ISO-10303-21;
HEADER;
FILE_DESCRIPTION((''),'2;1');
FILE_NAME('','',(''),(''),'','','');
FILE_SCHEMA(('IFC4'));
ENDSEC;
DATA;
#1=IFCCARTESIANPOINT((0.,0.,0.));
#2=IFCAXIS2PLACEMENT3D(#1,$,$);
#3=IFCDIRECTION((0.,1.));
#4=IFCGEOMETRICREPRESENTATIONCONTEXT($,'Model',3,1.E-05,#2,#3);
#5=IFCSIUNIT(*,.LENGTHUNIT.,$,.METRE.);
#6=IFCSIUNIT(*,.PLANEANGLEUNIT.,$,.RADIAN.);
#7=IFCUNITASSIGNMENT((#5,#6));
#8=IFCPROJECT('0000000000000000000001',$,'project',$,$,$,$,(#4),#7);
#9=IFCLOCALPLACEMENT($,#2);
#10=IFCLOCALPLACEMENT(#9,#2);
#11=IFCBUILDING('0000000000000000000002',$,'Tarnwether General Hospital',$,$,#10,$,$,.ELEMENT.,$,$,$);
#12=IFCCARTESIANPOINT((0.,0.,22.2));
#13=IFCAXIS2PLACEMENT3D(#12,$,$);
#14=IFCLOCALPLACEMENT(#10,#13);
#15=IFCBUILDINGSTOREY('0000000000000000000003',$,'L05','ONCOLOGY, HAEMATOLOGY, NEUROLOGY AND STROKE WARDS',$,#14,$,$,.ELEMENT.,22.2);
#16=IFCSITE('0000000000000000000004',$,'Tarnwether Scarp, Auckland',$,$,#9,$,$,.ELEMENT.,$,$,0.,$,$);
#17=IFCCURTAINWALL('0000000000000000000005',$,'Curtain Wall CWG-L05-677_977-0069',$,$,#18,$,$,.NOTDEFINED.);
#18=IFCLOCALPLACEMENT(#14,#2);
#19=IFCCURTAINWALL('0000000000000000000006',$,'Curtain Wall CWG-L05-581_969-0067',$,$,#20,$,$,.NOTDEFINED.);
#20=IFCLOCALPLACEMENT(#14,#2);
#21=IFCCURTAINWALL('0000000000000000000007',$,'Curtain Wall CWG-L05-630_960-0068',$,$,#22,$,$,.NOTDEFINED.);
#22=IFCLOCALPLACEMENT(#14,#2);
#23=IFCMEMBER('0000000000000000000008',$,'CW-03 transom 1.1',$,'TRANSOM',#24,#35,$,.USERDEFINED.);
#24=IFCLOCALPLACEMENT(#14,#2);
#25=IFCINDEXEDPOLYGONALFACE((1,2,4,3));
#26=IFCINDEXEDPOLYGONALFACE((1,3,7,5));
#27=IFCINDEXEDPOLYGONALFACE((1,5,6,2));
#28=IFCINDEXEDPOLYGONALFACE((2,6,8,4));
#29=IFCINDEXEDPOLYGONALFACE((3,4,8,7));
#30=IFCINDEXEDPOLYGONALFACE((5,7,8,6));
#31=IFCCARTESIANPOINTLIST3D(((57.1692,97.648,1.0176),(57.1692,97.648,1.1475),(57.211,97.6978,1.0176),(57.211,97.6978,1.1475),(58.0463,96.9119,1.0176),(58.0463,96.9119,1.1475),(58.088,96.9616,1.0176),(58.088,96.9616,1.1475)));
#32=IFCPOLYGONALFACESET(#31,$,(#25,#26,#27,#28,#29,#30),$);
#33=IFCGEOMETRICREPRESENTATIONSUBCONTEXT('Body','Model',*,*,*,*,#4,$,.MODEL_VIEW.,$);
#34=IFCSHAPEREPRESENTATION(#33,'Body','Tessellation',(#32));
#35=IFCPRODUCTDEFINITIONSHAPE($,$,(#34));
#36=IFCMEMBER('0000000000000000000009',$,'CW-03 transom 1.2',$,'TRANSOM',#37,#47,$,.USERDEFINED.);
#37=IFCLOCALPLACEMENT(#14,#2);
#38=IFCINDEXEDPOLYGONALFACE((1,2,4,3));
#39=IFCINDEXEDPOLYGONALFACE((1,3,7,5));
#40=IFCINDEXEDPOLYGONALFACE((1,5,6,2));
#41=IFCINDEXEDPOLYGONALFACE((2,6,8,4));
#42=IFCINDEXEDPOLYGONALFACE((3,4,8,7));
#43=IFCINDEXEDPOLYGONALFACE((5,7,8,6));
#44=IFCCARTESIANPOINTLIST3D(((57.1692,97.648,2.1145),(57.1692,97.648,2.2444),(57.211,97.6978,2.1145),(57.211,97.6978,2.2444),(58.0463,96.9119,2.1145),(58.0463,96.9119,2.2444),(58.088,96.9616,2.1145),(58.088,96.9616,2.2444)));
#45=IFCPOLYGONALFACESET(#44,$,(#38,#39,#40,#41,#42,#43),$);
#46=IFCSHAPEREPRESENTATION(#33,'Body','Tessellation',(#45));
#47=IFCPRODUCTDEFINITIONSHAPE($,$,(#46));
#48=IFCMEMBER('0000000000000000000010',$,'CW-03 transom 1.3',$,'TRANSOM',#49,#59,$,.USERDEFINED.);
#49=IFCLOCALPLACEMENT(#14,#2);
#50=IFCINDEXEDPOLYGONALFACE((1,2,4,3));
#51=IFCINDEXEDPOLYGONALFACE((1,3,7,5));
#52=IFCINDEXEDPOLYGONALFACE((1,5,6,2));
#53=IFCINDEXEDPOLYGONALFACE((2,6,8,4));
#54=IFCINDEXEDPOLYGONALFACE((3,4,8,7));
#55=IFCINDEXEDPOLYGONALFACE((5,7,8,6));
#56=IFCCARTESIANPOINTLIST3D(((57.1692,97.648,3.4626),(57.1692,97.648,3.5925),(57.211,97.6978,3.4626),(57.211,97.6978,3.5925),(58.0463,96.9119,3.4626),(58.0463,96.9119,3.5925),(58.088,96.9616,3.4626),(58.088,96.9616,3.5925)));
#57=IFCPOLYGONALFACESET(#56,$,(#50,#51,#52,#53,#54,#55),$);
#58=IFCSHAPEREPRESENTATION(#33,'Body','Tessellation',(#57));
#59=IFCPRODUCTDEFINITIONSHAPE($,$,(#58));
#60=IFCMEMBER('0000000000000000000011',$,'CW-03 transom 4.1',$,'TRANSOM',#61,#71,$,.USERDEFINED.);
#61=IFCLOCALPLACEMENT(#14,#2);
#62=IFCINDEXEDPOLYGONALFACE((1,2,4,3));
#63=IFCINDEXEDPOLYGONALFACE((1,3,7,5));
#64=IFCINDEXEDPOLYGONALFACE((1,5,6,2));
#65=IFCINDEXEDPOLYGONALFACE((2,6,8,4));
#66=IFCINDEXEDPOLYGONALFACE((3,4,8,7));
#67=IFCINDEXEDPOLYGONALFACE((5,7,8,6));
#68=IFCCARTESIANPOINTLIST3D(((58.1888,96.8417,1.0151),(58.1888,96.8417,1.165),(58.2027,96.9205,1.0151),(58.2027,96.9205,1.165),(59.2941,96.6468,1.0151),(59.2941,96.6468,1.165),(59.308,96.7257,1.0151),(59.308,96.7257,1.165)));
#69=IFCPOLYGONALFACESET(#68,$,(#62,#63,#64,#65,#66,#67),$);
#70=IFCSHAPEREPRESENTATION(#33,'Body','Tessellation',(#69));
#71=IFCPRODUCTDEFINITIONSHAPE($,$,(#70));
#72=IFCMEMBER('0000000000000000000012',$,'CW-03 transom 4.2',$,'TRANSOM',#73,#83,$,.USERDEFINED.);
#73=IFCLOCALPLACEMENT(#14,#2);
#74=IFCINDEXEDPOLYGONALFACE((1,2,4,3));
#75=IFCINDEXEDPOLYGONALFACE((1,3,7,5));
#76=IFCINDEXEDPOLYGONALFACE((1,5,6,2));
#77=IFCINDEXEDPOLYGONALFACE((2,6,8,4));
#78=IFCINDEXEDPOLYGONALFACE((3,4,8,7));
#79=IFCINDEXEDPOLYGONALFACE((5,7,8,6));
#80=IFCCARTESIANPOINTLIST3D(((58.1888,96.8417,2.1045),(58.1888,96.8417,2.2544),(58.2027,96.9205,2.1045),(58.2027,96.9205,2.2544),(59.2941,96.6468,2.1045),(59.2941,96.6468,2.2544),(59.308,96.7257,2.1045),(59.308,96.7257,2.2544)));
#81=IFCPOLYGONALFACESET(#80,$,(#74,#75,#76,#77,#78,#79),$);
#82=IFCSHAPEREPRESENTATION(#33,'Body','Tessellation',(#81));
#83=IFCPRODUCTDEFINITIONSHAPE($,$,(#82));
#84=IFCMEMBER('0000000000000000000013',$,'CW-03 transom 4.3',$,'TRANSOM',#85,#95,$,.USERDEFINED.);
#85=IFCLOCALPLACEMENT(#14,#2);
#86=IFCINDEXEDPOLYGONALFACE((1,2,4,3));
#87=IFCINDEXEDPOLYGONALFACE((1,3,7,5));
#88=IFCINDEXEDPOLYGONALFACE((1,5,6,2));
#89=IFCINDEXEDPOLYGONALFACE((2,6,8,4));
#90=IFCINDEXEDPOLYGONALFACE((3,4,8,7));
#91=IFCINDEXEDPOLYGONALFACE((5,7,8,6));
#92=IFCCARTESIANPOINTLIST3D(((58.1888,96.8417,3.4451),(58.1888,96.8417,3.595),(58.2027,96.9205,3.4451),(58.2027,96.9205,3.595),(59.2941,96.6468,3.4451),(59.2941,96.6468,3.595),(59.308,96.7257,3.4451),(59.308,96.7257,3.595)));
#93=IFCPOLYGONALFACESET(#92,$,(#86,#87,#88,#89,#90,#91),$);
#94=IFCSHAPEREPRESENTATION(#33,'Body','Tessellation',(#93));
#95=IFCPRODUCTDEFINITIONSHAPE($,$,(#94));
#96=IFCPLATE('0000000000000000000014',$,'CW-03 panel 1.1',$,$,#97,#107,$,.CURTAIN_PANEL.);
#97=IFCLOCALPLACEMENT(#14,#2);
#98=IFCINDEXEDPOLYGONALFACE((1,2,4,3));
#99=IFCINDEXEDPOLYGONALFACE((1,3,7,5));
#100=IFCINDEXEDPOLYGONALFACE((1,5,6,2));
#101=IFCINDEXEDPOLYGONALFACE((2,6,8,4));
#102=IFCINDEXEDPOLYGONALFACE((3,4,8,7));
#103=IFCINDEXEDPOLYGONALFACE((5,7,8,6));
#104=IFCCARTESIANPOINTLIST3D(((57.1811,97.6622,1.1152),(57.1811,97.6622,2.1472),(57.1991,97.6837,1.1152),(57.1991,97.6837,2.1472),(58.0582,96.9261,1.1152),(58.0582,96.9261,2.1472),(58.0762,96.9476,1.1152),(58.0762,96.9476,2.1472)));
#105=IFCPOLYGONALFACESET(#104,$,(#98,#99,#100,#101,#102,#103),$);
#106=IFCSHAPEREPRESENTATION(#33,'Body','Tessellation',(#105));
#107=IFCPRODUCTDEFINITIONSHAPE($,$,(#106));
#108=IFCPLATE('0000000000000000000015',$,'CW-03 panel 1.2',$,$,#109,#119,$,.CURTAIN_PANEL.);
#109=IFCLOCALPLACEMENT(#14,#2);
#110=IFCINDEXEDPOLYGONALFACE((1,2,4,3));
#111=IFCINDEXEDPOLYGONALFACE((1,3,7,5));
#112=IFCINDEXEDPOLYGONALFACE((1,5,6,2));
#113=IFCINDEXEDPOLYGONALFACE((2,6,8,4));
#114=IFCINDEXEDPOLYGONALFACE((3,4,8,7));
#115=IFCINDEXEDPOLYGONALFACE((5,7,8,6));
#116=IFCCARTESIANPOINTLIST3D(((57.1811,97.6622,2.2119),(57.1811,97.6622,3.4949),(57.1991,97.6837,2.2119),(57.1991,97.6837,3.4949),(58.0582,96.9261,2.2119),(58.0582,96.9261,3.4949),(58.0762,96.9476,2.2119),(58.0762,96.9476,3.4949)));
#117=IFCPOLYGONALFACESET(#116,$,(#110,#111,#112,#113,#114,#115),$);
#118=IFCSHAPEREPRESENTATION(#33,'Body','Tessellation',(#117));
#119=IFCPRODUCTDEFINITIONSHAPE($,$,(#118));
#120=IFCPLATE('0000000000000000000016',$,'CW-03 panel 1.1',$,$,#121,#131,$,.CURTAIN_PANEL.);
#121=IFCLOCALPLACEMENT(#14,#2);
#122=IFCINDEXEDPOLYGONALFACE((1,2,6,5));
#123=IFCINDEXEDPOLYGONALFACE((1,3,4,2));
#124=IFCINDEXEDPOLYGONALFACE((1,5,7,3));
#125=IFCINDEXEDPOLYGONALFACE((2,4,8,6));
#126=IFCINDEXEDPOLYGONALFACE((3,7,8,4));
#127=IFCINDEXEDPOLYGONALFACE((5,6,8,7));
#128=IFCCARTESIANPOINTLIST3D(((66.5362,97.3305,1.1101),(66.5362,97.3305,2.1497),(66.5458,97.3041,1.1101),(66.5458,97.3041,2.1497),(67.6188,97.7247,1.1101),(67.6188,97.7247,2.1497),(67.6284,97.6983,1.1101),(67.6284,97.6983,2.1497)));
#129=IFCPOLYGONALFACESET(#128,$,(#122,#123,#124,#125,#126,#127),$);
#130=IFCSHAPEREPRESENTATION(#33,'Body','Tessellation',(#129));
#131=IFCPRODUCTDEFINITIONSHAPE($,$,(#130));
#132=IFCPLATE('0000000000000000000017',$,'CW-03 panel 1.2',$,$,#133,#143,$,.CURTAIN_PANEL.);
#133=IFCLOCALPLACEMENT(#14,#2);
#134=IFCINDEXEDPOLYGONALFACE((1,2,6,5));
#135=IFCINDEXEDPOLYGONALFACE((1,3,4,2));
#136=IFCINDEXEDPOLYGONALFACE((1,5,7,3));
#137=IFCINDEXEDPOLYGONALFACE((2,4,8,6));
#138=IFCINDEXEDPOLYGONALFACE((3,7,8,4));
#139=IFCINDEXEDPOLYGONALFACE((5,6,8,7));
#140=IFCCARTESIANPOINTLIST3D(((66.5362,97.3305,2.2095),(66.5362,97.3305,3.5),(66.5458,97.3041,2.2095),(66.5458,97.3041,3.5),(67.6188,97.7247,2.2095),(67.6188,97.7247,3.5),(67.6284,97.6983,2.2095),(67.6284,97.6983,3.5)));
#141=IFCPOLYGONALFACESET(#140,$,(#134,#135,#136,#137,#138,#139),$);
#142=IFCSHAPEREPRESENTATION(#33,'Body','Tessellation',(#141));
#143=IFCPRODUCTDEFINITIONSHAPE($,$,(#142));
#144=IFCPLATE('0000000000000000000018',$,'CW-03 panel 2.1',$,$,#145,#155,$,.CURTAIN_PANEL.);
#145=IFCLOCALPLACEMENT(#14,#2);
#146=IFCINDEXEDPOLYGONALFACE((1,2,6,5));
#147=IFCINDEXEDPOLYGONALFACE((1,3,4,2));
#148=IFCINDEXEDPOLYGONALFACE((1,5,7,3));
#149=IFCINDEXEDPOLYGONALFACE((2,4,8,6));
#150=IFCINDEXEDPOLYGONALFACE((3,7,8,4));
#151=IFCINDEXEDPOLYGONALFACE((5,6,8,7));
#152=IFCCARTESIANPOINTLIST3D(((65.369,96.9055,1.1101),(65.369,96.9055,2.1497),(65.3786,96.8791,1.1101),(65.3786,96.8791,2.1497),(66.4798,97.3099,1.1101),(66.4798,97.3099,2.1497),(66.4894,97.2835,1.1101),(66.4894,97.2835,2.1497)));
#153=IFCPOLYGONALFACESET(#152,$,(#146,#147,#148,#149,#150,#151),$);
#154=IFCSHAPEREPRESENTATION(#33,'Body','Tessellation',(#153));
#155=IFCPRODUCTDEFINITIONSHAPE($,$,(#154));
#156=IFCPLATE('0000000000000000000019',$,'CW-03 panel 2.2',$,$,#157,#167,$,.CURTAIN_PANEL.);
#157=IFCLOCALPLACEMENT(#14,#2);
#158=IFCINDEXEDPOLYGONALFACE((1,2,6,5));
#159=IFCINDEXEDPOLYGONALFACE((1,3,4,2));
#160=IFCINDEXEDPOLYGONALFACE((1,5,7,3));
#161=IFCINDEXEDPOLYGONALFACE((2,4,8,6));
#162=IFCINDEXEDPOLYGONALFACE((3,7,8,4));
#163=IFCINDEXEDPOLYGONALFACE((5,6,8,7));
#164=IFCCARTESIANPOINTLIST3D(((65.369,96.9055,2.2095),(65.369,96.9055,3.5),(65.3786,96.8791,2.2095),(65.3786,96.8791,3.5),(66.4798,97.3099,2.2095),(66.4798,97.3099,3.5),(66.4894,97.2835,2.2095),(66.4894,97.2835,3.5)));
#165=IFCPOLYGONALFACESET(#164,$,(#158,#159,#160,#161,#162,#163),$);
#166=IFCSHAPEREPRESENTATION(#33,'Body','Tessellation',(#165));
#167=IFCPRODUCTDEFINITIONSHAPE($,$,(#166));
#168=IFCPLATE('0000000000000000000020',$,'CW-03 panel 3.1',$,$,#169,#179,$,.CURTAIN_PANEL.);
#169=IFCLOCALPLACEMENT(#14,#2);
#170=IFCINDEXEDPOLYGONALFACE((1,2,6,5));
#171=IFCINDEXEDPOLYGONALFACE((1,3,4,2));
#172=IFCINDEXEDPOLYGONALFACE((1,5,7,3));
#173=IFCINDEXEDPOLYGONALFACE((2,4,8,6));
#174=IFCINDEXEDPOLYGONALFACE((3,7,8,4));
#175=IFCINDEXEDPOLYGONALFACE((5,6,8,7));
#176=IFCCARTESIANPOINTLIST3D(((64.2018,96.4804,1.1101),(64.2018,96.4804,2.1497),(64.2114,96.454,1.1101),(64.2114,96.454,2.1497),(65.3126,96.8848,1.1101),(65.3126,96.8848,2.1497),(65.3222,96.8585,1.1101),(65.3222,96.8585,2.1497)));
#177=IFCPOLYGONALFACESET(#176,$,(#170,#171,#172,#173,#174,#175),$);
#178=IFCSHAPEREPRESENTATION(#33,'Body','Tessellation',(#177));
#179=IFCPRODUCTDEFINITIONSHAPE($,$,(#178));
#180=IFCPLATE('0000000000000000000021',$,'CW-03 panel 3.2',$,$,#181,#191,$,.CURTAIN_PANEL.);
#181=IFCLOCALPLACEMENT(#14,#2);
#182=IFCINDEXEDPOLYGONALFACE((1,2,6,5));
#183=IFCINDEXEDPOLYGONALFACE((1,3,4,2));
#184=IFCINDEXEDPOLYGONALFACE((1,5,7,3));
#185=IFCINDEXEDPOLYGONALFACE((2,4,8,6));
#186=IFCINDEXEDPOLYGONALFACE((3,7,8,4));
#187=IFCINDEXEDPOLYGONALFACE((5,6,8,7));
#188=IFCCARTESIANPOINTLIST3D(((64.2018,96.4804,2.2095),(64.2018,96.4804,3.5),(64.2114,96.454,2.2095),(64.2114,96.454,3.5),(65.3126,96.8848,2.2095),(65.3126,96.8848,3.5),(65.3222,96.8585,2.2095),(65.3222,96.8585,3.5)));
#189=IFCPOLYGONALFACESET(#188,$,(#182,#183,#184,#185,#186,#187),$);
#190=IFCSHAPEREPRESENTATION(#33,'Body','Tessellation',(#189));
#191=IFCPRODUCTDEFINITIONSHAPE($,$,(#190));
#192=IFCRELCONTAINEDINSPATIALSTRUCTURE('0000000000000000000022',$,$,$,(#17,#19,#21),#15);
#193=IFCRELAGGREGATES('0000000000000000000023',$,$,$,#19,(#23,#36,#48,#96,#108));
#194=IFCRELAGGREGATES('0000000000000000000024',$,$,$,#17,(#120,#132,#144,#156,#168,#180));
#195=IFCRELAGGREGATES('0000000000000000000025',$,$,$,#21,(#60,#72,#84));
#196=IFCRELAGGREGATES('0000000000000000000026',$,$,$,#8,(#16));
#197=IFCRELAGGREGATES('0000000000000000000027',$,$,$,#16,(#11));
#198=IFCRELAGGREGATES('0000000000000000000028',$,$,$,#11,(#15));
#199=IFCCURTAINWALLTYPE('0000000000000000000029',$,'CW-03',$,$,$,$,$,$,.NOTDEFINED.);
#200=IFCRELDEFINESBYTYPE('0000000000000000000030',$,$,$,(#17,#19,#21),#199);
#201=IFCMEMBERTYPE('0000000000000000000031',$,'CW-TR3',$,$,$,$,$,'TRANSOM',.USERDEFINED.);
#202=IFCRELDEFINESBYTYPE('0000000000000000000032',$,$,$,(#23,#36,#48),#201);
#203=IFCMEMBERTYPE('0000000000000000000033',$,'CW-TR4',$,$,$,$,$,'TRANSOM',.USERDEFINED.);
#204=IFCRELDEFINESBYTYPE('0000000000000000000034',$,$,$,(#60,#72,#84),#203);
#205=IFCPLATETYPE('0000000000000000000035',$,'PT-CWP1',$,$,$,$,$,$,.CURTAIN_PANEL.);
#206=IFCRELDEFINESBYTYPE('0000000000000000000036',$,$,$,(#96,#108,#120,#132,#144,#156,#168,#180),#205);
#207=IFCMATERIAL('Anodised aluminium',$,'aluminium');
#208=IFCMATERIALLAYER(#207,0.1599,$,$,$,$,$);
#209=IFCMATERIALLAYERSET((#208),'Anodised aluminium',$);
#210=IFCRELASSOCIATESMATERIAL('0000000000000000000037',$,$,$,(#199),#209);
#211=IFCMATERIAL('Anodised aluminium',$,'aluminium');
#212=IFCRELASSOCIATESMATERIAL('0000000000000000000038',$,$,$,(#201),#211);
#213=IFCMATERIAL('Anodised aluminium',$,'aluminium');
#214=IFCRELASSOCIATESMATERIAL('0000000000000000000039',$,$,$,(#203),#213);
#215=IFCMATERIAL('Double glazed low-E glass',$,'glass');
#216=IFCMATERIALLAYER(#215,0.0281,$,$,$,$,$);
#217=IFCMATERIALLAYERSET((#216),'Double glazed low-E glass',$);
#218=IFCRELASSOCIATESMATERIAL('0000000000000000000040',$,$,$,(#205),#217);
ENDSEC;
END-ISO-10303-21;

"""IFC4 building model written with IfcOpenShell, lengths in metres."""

from ifc_helpers import new_model, si_unit, direction, frame, origin, origin_2d, place, context, subcontext, project, spatial, rectangle, extrude, material, layer, layer_set, material_profile, profile_set, type_object, element, aggregate, save


model = new_model("IFC4")

# Units and contexts
model_context = context("Model", 3, precision=1e-05, world=origin(), true_north=direction((0.0, 1.0)))
body_context = subcontext(model_context, "Body", "Model", "MODEL_VIEW")
ifc_project = project(units=[si_unit("LENGTHUNIT", "METRE"), si_unit("PLANEANGLEUNIT", "RADIAN")], contexts=[model_context])

# Site, building, storey
site_placement = place(None, origin())
site = spatial("IfcSite", under=ifc_project, at=site_placement, Name="Tarnwether Scarp, Auckland", CompositionType="ELEMENT", RefElevation=0.0)
building_placement = place(site_placement, origin())
building = spatial("IfcBuilding", under=site, at=building_placement, Name="Tarnwether General Hospital", CompositionType="ELEMENT")
storey_placement = place(building_placement, frame((0.0, 0.0, 22.2)))
storey = spatial("IfcBuildingStorey", under=building, at=storey_placement, Name="L05", Description="ONCOLOGY, HAEMATOLOGY, NEUROLOGY AND STROKE WARDS", CompositionType="ELEMENT", Elevation=22.2)

# Curtain walls
ifc_material_1 = material(Name="Anodised aluminium", Category="aluminium")
ifc_layer_1 = layer(ifc_material_1, 0.1599)
ifc_layer_set_1 = layer_set([ifc_layer_1], Name="Anodised aluminium")
curtain_wall_type = type_object("IfcCurtainWallType", Name="CW-03", PredefinedType="NOTDEFINED", material=ifc_layer_set_1)
curtain_wall_1_placement = place(storey_placement, origin())
curtain_wall_1 = element("IfcCurtainWall", 1, at=curtain_wall_1_placement, inside=storey, type_object=curtain_wall_type, Name="Curtain Wall CWG-L05-677_977-0069", PredefinedType="NOTDEFINED")
curtain_wall_2_placement = place(storey_placement, origin())
curtain_wall_2 = element("IfcCurtainWall", 2, at=curtain_wall_2_placement, inside=storey, type_object=curtain_wall_type, Name="Curtain Wall CWG-L05-581_969-0067", PredefinedType="NOTDEFINED")
curtain_wall_3_placement = place(storey_placement, origin())
curtain_wall_3 = element("IfcCurtainWall", 3, at=curtain_wall_3_placement, inside=storey, type_object=curtain_wall_type, Name="Curtain Wall CWG-L05-630_960-0068", PredefinedType="NOTDEFINED")

# Members
ifc_material_2 = material(Name="Anodised aluminium", Category="aluminium")
ifc_material_profile_1 = material_profile(ifc_material_2, rectangle(XDim=0.0649, YDim=0.1299, at=origin_2d()), Name="ALU-TRN-65x130")
ifc_profile_set_1 = profile_set([ifc_material_profile_1], Name="Anodised aluminium")
member_type_1 = type_object("IfcMemberType", Name="CW-TR3", ElementType="TRANSOM", PredefinedType="USERDEFINED", material=ifc_profile_set_1)
member_1_placement = place(storey_placement, frame((58.0671, 96.9368, 1.0825), z_axis=(-0.765944, 0.642907, 0.0), x_axis=(-0.642907, -0.765944, 0.0)))
member_1 = element("IfcMember", 4, at=member_1_placement, type_object=member_type_1, Name="CW-03 transom 1.1", ObjectType="TRANSOM", PredefinedType="USERDEFINED", context=body_context, shape_type="SweptSolid", body=[
    extrude(rectangle(XDim=0.0649, YDim=0.1299, at=origin_2d()), origin(), (0.0, 0.0, 1.0), 1.145),
])
member_2_placement = place(storey_placement, frame((58.0671, 96.9368, 2.1794), z_axis=(-0.765944, 0.642907, 0.0), x_axis=(-0.642907, -0.765944, 0.0)))
member_2 = element("IfcMember", 5, at=member_2_placement, type_object=member_type_1, Name="CW-03 transom 1.2", ObjectType="TRANSOM", PredefinedType="USERDEFINED", context=body_context, shape_type="SweptSolid", body=[
    extrude(rectangle(XDim=0.0649, YDim=0.1299, at=origin_2d()), origin(), (0.0, 0.0, 1.0), 1.145),
])
member_3_placement = place(storey_placement, frame((58.0671, 96.9368, 3.5276), z_axis=(-0.765944, 0.642907, 0.0), x_axis=(-0.642907, -0.765944, 0.0)))
member_3 = element("IfcMember", 6, at=member_3_placement, type_object=member_type_1, Name="CW-03 transom 1.3", ObjectType="TRANSOM", PredefinedType="USERDEFINED", context=body_context, shape_type="SweptSolid", body=[
    extrude(rectangle(XDim=0.0649, YDim=0.1299, at=origin_2d()), origin(), (0.0, 0.0, 1.0), 1.145),
])
ifc_material_3 = material(Name="Anodised aluminium", Category="aluminium")
ifc_material_profile_2 = material_profile(ifc_material_3, rectangle(XDim=0.0801, YDim=0.1499, at=origin_2d()), Name="ALU-TRN-80x150")
ifc_profile_set_2 = profile_set([ifc_material_profile_2], Name="Anodised aluminium")
member_type_2 = type_object("IfcMemberType", Name="CW-TR4", ElementType="TRANSOM", PredefinedType="USERDEFINED", material=ifc_profile_set_2)
member_4_placement = place(storey_placement, frame((59.301, 96.6863, 1.0901), z_axis=(-0.984816, 0.173599, 0.0), x_axis=(-0.173599, -0.984816, 0.0)))
member_4 = element("IfcMember", 7, at=member_4_placement, type_object=member_type_2, Name="CW-03 transom 4.1", ObjectType="TRANSOM", PredefinedType="USERDEFINED", context=body_context, shape_type="SweptSolid", body=[
    extrude(rectangle(XDim=0.0801, YDim=0.1499, at=origin_2d()), origin(), (0.0, 0.0, 1.0), 1.1223),
])
member_5_placement = place(storey_placement, frame((59.301, 96.6863, 2.1794), z_axis=(-0.984816, 0.173599, 0.0), x_axis=(-0.173599, -0.984816, 0.0)))
member_5 = element("IfcMember", 8, at=member_5_placement, type_object=member_type_2, Name="CW-03 transom 4.2", ObjectType="TRANSOM", PredefinedType="USERDEFINED", context=body_context, shape_type="SweptSolid", body=[
    extrude(rectangle(XDim=0.0801, YDim=0.1499, at=origin_2d()), origin(), (0.0, 0.0, 1.0), 1.1223),
])
member_6_placement = place(storey_placement, frame((59.301, 96.6863, 3.52), z_axis=(-0.984816, 0.173599, 0.0), x_axis=(-0.173599, -0.984816, 0.0)))
member_6 = element("IfcMember", 9, at=member_6_placement, type_object=member_type_2, Name="CW-03 transom 4.3", ObjectType="TRANSOM", PredefinedType="USERDEFINED", context=body_context, shape_type="SweptSolid", body=[
    extrude(rectangle(XDim=0.0801, YDim=0.1499, at=origin_2d()), origin(), (0.0, 0.0, 1.0), 1.1223),
])

# Plates
ifc_material_4 = material(Name="Double glazed low-E glass", Category="glass")
ifc_layer_2 = layer(ifc_material_4, 0.0281)
ifc_layer_set_2 = layer_set([ifc_layer_2], Name="Double glazed low-E glass")
plate_type_1 = type_object("IfcPlateType", Name="PT-CWP1", PredefinedType="CURTAIN_PANEL", material=ifc_layer_set_2)
plate_1_placement = place(storey_placement, frame((57.6287, 97.3049, 1.1152), z_axis=(0.0, 0.0, 1.0), x_axis=(-0.76599, 0.642852, 0.0)))
plate_1 = element("IfcPlate", 10, at=plate_1_placement, type_object=plate_type_1, Name="CW-03 panel 1.1", PredefinedType="CURTAIN_PANEL", context=body_context, shape_type="SweptSolid", body=[
    extrude(rectangle(XDim=1.145, YDim=0.0281, at=origin_2d()), origin(), (0.0, 0.0, 1.0), 1.032),
])
plate_2_placement = place(storey_placement, frame((57.6287, 97.3049, 2.2119), z_axis=(0.0, 0.0, 1.0), x_axis=(-0.76599, 0.642852, 0.0)))
plate_2 = element("IfcPlate", 11, at=plate_2_placement, type_object=plate_type_1, Name="CW-03 panel 1.2", PredefinedType="CURTAIN_PANEL", context=body_context, shape_type="SweptSolid", body=[
    extrude(rectangle(XDim=1.145, YDim=0.0281, at=origin_2d()), origin(), (0.0, 0.0, 1.0), 1.283),
])
aggregate(curtain_wall_2, [member_1, member_2, member_3, plate_1, plate_2])
plate_3_placement = place(storey_placement, frame((67.0823, 97.5144, 1.1101), z_axis=(0.0, 0.0, 1.0), x_axis=(-0.939652, -0.342131, 0.0)))
plate_3 = element("IfcPlate", 12, at=plate_3_placement, type_object=plate_type_1, Name="CW-03 panel 1.1", PredefinedType="CURTAIN_PANEL", context=body_context, shape_type="SweptSolid", body=[
    extrude(rectangle(XDim=1.1521, YDim=0.0281, at=origin_2d()), origin(), (0.0, 0.0, 1.0), 1.0396),
])
plate_4_placement = place(storey_placement, frame((67.0823, 97.5144, 2.2095), z_axis=(0.0, 0.0, 1.0), x_axis=(-0.939652, -0.342131, 0.0)))
plate_4 = element("IfcPlate", 13, at=plate_4_placement, type_object=plate_type_1, Name="CW-03 panel 1.2", PredefinedType="CURTAIN_PANEL", context=body_context, shape_type="SweptSolid", body=[
    extrude(rectangle(XDim=1.1521, YDim=0.0281, at=origin_2d()), origin(), (0.0, 0.0, 1.0), 1.2905),
])
plate_5_placement = place(storey_placement, frame((65.9292, 97.0945, 1.1101), z_axis=(0.0, 0.0, 1.0), x_axis=(-0.939652, -0.342131, 0.0)))
plate_5 = element("IfcPlate", 14, at=plate_5_placement, type_object=plate_type_1, Name="CW-03 panel 2.1", PredefinedType="CURTAIN_PANEL", context=body_context, shape_type="SweptSolid", body=[
    extrude(rectangle(XDim=1.1821, YDim=0.0281, at=origin_2d()), origin(), (0.0, 0.0, 1.0), 1.0396),
])
plate_6_placement = place(storey_placement, frame((65.9292, 97.0945, 2.2095), z_axis=(0.0, 0.0, 1.0), x_axis=(-0.939652, -0.342131, 0.0)))
plate_6 = element("IfcPlate", 15, at=plate_6_placement, type_object=plate_type_1, Name="CW-03 panel 2.2", PredefinedType="CURTAIN_PANEL", context=body_context, shape_type="SweptSolid", body=[
    extrude(rectangle(XDim=1.1821, YDim=0.0281, at=origin_2d()), origin(), (0.0, 0.0, 1.0), 1.2905),
])
plate_7_placement = place(storey_placement, frame((64.762, 96.6694, 1.1101), z_axis=(0.0, 0.0, 1.0), x_axis=(-0.939652, -0.342131, 0.0)))
plate_7 = element("IfcPlate", 16, at=plate_7_placement, type_object=plate_type_1, Name="CW-03 panel 3.1", PredefinedType="CURTAIN_PANEL", context=body_context, shape_type="SweptSolid", body=[
    extrude(rectangle(XDim=1.1821, YDim=0.0281, at=origin_2d()), origin(), (0.0, 0.0, 1.0), 1.0396),
])
plate_8_placement = place(storey_placement, frame((64.762, 96.6694, 2.2095), z_axis=(0.0, 0.0, 1.0), x_axis=(-0.939652, -0.342131, 0.0)))
plate_8 = element("IfcPlate", 17, at=plate_8_placement, type_object=plate_type_1, Name="CW-03 panel 3.2", PredefinedType="CURTAIN_PANEL", context=body_context, shape_type="SweptSolid", body=[
    extrude(rectangle(XDim=1.1821, YDim=0.0281, at=origin_2d()), origin(), (0.0, 0.0, 1.0), 1.2905),
])
aggregate(curtain_wall_1, [plate_3, plate_4, plate_5, plate_6, plate_7, plate_8])
aggregate(curtain_wall_3, [member_4, member_5, member_6])

save(model, "model.ifc")
